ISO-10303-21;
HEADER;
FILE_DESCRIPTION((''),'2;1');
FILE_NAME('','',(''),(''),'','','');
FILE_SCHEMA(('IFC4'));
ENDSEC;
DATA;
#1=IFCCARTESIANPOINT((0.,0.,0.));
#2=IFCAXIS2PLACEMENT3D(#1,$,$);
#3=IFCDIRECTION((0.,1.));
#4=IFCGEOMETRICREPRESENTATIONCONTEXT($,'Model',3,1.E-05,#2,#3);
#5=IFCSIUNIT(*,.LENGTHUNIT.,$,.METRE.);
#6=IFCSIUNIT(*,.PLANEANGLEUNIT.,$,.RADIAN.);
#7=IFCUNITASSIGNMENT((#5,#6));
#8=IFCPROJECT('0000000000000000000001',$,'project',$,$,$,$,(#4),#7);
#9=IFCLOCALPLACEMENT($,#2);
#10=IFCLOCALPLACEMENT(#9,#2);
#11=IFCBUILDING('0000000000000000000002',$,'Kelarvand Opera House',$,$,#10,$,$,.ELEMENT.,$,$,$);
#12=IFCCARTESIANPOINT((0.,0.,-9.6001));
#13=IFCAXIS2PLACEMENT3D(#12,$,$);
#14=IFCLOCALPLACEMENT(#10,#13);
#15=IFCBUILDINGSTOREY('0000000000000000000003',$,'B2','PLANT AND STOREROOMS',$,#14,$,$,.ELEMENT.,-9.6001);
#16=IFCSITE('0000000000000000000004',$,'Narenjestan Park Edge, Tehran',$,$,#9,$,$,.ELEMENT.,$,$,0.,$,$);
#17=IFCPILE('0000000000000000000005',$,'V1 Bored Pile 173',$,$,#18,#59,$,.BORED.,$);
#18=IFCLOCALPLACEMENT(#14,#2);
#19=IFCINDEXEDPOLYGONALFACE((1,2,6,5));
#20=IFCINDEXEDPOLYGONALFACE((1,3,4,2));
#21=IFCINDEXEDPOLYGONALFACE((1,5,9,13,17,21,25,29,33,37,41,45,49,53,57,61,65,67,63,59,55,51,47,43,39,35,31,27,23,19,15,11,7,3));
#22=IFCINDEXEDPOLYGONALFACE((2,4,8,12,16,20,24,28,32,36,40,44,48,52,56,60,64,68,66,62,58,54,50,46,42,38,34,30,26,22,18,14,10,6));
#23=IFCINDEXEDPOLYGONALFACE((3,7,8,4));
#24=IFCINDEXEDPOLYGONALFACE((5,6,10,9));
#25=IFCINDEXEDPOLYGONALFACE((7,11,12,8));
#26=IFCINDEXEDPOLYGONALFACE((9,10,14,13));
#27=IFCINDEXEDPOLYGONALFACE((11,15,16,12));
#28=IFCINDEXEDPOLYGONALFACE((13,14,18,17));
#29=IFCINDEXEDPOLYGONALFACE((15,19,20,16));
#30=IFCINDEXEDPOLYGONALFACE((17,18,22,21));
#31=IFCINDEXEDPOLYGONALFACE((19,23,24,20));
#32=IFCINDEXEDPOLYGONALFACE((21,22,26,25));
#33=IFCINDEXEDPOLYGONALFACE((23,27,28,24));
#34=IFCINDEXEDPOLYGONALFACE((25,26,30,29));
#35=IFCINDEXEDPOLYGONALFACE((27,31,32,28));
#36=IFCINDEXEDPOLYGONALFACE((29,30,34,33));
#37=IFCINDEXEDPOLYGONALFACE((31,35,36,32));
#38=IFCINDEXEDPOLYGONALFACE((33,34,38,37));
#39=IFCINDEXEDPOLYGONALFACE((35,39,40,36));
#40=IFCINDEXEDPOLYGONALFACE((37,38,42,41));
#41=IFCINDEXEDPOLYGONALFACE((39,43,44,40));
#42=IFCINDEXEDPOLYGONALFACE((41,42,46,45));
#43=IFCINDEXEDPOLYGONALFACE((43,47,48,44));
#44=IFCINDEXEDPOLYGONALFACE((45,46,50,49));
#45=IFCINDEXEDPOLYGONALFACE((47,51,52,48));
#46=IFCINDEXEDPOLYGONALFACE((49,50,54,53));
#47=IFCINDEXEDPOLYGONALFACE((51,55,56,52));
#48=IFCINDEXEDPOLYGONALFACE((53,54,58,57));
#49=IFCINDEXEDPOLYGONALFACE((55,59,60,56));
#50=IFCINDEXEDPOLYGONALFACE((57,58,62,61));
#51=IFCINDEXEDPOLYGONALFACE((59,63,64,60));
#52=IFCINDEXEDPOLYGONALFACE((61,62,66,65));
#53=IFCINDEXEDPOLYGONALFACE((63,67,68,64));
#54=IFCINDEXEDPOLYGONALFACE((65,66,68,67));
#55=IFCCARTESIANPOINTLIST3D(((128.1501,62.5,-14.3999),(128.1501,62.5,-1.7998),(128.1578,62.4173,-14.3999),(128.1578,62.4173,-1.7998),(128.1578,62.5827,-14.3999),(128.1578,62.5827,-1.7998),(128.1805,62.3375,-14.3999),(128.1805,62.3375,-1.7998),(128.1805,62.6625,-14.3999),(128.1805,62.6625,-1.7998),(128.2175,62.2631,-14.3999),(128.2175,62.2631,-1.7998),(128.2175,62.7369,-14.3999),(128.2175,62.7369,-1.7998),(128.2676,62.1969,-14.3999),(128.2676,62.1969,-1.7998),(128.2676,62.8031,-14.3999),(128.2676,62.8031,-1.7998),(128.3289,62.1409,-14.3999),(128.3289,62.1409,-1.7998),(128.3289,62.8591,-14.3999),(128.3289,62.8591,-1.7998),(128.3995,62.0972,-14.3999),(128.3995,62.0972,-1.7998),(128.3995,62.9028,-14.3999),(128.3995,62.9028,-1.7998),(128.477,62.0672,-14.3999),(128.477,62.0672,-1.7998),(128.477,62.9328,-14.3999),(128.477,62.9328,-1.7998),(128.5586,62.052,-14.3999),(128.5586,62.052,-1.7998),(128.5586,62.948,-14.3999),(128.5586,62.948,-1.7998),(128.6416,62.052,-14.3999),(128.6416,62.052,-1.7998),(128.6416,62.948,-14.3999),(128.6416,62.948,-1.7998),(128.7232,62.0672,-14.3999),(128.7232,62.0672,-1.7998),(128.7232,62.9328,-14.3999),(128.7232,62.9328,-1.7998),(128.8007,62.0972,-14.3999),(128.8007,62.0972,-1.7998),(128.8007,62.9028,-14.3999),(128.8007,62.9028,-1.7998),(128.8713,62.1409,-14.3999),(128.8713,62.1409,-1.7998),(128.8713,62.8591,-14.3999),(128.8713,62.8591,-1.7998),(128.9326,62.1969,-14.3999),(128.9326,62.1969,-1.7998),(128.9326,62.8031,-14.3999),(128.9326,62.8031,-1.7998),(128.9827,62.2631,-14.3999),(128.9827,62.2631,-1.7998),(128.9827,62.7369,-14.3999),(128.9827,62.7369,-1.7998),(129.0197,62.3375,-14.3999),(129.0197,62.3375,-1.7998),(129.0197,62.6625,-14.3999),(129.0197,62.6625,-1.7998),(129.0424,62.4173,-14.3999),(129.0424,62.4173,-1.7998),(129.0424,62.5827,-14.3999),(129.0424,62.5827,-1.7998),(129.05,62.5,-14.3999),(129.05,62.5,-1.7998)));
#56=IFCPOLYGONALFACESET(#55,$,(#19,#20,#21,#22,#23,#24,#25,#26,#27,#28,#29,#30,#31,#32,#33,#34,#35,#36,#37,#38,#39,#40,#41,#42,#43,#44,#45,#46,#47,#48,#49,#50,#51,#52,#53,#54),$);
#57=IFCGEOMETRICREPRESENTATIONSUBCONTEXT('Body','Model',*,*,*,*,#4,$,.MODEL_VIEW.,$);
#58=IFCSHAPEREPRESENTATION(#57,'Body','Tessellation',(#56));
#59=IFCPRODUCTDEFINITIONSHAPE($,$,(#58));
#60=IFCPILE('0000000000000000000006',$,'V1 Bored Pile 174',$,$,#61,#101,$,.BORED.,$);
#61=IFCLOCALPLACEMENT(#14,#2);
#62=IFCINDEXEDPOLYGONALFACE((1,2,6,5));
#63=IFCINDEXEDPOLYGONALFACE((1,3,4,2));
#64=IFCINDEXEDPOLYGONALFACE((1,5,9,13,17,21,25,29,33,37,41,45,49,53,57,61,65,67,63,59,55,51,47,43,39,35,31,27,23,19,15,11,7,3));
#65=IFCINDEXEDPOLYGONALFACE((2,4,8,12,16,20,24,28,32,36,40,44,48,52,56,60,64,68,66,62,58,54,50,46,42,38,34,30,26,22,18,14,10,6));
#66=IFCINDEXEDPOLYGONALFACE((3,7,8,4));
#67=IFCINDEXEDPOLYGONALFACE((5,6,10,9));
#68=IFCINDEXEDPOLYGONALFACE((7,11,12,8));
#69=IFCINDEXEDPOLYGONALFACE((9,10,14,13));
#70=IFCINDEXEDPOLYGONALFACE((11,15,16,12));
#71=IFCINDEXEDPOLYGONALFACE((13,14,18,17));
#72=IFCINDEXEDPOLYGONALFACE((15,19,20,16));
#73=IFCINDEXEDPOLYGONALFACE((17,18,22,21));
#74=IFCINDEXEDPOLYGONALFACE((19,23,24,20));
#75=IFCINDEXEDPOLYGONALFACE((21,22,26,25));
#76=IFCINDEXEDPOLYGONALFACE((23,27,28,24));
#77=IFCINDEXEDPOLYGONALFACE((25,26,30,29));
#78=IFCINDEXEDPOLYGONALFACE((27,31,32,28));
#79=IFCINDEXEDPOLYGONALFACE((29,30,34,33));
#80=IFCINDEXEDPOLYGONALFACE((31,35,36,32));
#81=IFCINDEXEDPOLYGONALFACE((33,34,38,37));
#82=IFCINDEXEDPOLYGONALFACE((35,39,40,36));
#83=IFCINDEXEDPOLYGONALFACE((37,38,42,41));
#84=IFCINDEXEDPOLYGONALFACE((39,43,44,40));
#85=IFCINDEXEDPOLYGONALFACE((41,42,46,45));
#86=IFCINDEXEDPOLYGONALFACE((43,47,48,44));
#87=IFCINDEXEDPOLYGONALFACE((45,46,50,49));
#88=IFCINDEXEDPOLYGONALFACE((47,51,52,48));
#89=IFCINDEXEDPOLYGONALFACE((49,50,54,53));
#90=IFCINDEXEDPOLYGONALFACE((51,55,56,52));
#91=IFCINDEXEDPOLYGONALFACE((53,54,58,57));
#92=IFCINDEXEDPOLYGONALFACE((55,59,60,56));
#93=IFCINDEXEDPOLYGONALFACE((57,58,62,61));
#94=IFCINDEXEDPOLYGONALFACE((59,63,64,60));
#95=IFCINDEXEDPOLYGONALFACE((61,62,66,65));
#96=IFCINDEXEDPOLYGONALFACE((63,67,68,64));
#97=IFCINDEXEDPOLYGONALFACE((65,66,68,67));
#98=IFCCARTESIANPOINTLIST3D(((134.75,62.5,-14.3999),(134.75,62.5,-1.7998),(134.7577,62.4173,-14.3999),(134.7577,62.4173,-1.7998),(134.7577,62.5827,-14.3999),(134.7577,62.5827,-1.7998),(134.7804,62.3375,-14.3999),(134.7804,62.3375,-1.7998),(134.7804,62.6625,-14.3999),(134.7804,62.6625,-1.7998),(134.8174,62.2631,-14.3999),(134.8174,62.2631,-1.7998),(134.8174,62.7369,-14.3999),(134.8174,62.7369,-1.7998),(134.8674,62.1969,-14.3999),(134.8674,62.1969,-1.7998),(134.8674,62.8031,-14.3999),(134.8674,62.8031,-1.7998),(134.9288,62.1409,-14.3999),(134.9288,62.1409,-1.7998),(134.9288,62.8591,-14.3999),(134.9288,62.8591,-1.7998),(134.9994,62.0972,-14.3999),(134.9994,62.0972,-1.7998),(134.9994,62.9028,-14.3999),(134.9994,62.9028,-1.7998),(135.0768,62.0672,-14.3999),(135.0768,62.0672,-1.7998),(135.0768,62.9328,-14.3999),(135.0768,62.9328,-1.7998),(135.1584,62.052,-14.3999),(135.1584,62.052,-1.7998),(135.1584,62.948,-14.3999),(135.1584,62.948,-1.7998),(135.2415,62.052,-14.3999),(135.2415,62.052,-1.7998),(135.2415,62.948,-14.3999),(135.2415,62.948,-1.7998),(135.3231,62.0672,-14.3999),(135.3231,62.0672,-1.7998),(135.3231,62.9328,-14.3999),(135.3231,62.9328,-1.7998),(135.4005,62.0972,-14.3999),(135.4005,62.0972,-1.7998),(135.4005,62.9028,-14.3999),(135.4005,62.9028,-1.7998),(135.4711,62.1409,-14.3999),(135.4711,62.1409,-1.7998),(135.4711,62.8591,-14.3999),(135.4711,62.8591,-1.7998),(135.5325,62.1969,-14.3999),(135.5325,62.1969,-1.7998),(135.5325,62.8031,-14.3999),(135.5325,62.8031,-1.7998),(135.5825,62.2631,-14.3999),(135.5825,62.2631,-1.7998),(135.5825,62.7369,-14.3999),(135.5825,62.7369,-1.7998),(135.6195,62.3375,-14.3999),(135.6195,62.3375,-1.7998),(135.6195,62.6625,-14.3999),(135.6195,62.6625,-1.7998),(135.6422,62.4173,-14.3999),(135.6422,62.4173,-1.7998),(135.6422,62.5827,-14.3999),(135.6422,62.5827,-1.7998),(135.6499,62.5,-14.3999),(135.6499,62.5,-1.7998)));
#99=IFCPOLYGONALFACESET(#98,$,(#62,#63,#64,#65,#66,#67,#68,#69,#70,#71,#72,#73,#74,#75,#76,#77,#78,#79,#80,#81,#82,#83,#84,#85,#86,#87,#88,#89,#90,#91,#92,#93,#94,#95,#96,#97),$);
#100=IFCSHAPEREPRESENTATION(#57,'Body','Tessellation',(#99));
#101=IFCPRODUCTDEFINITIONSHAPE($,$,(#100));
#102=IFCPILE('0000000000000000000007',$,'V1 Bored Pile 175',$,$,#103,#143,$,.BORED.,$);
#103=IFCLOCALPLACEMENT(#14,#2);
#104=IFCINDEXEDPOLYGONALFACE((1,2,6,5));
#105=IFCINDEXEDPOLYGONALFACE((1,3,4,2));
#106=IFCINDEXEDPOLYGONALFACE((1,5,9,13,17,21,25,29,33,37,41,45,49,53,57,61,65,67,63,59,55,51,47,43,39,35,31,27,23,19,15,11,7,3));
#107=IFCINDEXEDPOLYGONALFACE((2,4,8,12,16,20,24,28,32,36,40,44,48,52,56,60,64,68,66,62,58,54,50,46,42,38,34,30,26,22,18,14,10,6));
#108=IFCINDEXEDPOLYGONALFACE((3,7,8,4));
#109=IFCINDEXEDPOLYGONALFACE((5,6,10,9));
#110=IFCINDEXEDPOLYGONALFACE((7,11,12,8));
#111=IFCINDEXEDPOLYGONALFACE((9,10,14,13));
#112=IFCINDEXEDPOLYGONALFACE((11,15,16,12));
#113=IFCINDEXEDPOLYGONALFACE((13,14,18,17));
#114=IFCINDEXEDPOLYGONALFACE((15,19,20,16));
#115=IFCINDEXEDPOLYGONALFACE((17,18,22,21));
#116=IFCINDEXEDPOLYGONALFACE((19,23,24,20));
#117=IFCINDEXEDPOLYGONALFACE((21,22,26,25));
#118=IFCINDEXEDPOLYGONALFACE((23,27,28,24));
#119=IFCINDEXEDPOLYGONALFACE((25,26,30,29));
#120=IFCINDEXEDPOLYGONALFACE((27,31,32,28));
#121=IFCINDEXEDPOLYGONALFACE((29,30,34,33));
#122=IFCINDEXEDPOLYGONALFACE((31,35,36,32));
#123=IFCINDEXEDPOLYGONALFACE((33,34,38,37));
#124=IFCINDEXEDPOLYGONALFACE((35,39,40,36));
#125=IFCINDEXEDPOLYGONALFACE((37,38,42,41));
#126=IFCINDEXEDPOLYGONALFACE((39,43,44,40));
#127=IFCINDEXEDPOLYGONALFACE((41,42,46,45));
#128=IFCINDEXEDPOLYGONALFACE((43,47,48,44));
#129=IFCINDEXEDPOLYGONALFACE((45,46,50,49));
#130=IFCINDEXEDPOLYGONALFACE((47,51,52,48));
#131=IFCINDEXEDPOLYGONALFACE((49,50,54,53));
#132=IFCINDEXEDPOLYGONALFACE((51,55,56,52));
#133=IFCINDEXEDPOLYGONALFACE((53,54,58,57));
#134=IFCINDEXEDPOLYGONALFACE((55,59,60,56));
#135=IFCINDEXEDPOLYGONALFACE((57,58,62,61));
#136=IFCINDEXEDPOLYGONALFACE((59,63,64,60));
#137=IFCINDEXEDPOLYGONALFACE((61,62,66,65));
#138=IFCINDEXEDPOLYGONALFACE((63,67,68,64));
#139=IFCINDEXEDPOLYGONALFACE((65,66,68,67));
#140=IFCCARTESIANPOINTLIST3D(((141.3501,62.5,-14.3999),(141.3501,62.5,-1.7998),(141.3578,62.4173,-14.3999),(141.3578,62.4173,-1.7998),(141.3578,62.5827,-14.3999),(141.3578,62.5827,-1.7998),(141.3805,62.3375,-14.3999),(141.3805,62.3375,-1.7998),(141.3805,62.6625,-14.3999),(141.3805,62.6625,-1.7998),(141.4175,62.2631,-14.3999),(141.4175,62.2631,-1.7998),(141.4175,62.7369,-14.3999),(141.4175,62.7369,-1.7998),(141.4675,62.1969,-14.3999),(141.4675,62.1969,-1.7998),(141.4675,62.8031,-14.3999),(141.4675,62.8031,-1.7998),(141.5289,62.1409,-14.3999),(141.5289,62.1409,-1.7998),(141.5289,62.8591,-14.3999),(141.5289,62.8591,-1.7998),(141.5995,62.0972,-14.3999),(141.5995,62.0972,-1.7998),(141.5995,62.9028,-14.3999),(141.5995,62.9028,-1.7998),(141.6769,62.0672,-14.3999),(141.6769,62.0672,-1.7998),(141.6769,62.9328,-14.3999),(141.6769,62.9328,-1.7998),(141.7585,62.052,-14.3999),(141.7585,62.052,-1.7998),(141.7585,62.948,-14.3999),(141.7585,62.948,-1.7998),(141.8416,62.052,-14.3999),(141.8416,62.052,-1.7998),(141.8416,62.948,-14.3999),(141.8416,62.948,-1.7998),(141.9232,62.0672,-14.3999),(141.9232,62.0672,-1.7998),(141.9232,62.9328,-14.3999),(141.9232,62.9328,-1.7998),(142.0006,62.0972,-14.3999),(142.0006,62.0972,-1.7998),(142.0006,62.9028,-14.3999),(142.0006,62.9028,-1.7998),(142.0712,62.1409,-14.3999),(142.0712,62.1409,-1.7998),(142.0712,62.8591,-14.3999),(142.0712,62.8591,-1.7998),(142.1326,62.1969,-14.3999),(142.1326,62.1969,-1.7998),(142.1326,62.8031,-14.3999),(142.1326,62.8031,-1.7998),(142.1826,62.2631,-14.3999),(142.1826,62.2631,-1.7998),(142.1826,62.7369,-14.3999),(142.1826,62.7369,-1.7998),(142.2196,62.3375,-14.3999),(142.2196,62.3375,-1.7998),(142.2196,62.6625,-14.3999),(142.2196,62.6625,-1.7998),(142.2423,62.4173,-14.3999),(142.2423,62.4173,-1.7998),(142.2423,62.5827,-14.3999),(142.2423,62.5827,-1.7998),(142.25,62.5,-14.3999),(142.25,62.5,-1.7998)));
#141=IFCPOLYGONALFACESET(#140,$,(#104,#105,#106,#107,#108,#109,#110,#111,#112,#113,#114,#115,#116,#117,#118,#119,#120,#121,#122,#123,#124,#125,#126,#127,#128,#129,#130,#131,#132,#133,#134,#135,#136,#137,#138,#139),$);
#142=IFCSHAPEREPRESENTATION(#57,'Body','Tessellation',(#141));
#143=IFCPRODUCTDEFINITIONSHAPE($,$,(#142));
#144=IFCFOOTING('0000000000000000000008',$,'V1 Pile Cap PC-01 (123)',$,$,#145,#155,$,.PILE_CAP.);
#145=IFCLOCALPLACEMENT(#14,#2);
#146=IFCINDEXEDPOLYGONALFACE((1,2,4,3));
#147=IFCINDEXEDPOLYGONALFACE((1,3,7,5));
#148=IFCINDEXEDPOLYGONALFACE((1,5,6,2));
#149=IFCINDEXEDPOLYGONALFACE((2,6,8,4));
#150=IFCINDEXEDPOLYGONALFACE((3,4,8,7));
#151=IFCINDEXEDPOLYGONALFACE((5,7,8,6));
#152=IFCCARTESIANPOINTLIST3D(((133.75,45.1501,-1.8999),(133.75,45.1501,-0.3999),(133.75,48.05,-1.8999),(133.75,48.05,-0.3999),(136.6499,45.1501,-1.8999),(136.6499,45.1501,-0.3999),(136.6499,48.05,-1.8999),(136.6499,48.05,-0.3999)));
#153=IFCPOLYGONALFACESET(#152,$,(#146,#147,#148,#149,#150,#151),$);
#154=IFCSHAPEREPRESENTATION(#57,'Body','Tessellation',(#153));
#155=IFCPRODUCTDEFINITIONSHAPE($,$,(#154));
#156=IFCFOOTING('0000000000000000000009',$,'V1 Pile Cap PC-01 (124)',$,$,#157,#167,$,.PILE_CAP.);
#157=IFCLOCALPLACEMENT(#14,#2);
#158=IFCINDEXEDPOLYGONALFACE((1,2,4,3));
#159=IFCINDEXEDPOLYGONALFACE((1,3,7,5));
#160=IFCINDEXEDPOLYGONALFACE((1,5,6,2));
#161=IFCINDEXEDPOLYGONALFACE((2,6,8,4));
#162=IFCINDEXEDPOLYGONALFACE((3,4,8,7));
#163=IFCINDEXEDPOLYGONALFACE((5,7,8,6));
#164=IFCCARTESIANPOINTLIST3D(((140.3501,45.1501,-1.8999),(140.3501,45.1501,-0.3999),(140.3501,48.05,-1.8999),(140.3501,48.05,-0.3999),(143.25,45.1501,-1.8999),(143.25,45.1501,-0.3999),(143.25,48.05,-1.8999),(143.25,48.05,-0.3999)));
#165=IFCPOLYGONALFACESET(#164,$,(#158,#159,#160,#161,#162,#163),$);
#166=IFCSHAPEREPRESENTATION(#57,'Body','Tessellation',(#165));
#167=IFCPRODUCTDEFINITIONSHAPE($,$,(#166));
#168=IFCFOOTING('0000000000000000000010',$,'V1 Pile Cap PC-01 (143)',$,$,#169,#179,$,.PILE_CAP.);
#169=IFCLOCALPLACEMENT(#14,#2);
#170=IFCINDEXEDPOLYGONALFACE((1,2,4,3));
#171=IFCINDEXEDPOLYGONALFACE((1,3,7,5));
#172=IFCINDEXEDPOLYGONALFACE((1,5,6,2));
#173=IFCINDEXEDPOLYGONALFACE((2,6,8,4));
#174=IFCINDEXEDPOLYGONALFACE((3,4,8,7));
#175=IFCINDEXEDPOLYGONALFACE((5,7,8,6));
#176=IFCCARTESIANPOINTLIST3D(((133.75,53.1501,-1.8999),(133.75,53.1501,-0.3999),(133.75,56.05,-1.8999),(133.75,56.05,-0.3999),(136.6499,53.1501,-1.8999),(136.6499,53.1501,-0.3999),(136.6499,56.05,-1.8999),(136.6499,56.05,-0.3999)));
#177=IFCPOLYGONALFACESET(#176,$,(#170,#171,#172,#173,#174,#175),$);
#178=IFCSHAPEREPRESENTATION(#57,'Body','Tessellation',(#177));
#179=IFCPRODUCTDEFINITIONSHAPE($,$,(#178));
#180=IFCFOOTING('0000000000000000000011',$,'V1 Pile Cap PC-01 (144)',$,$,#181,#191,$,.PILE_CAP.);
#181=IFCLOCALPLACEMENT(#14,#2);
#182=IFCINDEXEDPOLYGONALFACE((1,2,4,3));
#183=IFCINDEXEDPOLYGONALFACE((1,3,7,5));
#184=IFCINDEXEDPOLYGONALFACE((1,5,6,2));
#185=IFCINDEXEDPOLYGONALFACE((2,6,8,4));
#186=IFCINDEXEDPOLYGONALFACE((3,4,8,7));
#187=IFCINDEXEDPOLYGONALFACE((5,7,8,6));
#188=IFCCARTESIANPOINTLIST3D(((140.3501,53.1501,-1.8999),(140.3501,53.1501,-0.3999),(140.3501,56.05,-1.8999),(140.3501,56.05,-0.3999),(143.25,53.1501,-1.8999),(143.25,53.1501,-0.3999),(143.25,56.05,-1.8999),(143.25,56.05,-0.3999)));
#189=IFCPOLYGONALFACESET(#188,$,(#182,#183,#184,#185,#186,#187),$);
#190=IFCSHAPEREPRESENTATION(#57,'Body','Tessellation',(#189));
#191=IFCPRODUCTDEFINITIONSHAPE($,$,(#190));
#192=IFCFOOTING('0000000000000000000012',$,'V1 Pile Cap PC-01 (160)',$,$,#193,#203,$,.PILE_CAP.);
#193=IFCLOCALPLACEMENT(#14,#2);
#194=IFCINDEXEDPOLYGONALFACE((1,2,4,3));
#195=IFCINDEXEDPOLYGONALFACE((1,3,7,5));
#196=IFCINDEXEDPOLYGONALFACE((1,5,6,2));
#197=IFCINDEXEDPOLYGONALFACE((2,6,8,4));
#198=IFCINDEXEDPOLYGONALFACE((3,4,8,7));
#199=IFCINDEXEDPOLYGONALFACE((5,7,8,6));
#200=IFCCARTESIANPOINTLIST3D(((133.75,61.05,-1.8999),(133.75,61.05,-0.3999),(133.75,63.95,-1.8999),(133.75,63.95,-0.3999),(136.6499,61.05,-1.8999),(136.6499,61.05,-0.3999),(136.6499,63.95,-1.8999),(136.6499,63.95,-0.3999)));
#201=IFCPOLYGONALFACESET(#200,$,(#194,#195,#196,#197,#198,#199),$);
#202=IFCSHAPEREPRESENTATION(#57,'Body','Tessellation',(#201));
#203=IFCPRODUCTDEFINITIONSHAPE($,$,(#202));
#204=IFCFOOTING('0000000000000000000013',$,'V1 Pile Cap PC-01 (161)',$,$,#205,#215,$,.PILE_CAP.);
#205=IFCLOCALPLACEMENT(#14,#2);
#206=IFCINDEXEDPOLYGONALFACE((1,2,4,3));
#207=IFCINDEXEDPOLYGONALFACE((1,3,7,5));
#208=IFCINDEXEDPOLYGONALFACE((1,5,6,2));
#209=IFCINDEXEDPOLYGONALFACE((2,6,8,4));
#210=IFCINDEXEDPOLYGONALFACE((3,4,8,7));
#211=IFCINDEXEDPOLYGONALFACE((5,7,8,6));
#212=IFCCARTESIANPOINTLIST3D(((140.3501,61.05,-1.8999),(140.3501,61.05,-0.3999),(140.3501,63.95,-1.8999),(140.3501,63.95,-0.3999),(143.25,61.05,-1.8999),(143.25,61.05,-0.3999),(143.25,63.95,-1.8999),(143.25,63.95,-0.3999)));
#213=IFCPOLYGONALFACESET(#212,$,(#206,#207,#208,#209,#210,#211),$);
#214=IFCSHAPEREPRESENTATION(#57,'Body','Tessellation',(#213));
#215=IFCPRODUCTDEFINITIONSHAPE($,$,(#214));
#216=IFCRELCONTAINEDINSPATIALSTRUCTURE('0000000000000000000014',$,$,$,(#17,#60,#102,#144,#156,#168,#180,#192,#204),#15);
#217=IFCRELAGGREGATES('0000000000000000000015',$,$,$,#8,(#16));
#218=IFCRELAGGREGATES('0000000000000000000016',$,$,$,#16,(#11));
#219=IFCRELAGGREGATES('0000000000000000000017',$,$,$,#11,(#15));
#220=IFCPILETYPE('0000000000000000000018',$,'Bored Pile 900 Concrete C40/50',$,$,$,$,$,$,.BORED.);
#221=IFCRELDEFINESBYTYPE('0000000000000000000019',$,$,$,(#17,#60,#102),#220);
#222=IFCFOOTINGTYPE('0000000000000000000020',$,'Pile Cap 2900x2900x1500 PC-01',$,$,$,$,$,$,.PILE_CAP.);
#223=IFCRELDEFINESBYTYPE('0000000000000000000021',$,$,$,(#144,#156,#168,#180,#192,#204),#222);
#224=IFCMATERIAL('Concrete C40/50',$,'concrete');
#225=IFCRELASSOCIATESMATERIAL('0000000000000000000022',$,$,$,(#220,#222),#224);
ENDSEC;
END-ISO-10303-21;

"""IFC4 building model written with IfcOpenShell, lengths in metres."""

from ifc_helpers import new_model, si_unit, direction, frame, origin, origin_2d, place, context, subcontext, project, spatial, rectangle, circle, extrude, material, material_profile, profile_set, type_object, element, save


model = new_model("IFC4")

# Units and contexts
model_context = context("Model", 3, precision=1e-05, world=origin(), true_north=direction((0.0, 1.0)))
body_context = subcontext(model_context, "Body", "Model", "MODEL_VIEW")
ifc_project = project(units=[si_unit("LENGTHUNIT", "METRE"), si_unit("PLANEANGLEUNIT", "RADIAN")], contexts=[model_context])

# Site, building, storey
site_placement = place(None, origin())
site = spatial("IfcSite", under=ifc_project, at=site_placement, Name="Narenjestan Park Edge, Tehran", CompositionType="ELEMENT", RefElevation=0.0)
building_placement = place(site_placement, origin())
building = spatial("IfcBuilding", under=site, at=building_placement, Name="Kelarvand Opera House", CompositionType="ELEMENT")
storey_placement = place(building_placement, frame((0.0, 0.0, -9.6001)))
storey = spatial("IfcBuildingStorey", under=building, at=storey_placement, Name="B2", Description="PLANT AND STOREROOMS", CompositionType="ELEMENT", Elevation=-9.6001)

# Piles
ifc_material_1 = material(Name="Concrete C40/50", Category="concrete")
ifc_material_profile_1 = material_profile(ifc_material_1, circle(Radius=0.45, at=origin_2d()), Name="BP 900", Category="concrete")
ifc_profile_set_1 = profile_set([ifc_material_profile_1], Name="Concrete C40/50")
pile_type = type_object("IfcPileType", Name="Bored Pile 900 Concrete C40/50", PredefinedType="BORED", material=ifc_profile_set_1)
for number, where, z_axis, x_axis, name in (
    (1, (128.6001, 62.5, -1.7998), (0.0, 0.0, -1.0), (1.0, 0.0, 0.0), "V1 Bored Pile 173"),
    (2, (135.2, 62.5, -1.7998), (0.0, 0.0, -1.0), (1.0, 0.0, 0.0), "V1 Bored Pile 174"),
    (3, (141.8, 62.5, -1.7998), (0.0, 0.0, -1.0), (1.0, 0.0, 0.0), "V1 Bored Pile 175"),
):
    element("IfcPile", number, at=place(storey_placement, frame(where, z_axis=z_axis, x_axis=x_axis)), inside=storey, type_object=pile_type, Name=name, PredefinedType="BORED", context=body_context, shape_type="SweptSolid", body=[
        extrude(circle(Radius=0.45, at=origin_2d()), origin(), (0.0, 0.0, 1.0), 12.6001),
    ])

# Footings
footing_type = type_object("IfcFootingType", Name="Pile Cap 2900x2900x1500 PC-01", PredefinedType="PILE_CAP", material=ifc_material_1)
for number, where, z_axis, x_axis, name in (
    (4, (135.2, 46.6001, -1.8999), (0.0, 0.0, 1.0), (1.0, 0.0, 0.0), "V1 Pile Cap PC-01 (123)"),
    (5, (141.8, 46.6001, -1.8999), (0.0, 0.0, 1.0), (1.0, 0.0, 0.0), "V1 Pile Cap PC-01 (124)"),
    (6, (135.2, 54.6001, -1.8999), (0.0, 0.0, 1.0), (1.0, 0.0, 0.0), "V1 Pile Cap PC-01 (143)"),
    (7, (141.8, 54.6001, -1.8999), (0.0, 0.0, 1.0), (1.0, 0.0, 0.0), "V1 Pile Cap PC-01 (144)"),
    (8, (135.2, 62.5, -1.8999), (0.0, 0.0, 1.0), (1.0, 0.0, 0.0), "V1 Pile Cap PC-01 (160)"),
    (9, (141.8, 62.5, -1.8999), (0.0, 0.0, 1.0), (1.0, 0.0, 0.0), "V1 Pile Cap PC-01 (161)"),
):
    element("IfcFooting", number, at=place(storey_placement, frame(where, z_axis=z_axis, x_axis=x_axis)), inside=storey, type_object=footing_type, Name=name, PredefinedType="PILE_CAP", context=body_context, shape_type="SweptSolid", body=[
        extrude(rectangle(XDim=2.8999, YDim=2.8999, at=origin_2d()), origin(), (0.0, 0.0, 1.0), 1.5),
    ])

save(model, "model.ifc")
